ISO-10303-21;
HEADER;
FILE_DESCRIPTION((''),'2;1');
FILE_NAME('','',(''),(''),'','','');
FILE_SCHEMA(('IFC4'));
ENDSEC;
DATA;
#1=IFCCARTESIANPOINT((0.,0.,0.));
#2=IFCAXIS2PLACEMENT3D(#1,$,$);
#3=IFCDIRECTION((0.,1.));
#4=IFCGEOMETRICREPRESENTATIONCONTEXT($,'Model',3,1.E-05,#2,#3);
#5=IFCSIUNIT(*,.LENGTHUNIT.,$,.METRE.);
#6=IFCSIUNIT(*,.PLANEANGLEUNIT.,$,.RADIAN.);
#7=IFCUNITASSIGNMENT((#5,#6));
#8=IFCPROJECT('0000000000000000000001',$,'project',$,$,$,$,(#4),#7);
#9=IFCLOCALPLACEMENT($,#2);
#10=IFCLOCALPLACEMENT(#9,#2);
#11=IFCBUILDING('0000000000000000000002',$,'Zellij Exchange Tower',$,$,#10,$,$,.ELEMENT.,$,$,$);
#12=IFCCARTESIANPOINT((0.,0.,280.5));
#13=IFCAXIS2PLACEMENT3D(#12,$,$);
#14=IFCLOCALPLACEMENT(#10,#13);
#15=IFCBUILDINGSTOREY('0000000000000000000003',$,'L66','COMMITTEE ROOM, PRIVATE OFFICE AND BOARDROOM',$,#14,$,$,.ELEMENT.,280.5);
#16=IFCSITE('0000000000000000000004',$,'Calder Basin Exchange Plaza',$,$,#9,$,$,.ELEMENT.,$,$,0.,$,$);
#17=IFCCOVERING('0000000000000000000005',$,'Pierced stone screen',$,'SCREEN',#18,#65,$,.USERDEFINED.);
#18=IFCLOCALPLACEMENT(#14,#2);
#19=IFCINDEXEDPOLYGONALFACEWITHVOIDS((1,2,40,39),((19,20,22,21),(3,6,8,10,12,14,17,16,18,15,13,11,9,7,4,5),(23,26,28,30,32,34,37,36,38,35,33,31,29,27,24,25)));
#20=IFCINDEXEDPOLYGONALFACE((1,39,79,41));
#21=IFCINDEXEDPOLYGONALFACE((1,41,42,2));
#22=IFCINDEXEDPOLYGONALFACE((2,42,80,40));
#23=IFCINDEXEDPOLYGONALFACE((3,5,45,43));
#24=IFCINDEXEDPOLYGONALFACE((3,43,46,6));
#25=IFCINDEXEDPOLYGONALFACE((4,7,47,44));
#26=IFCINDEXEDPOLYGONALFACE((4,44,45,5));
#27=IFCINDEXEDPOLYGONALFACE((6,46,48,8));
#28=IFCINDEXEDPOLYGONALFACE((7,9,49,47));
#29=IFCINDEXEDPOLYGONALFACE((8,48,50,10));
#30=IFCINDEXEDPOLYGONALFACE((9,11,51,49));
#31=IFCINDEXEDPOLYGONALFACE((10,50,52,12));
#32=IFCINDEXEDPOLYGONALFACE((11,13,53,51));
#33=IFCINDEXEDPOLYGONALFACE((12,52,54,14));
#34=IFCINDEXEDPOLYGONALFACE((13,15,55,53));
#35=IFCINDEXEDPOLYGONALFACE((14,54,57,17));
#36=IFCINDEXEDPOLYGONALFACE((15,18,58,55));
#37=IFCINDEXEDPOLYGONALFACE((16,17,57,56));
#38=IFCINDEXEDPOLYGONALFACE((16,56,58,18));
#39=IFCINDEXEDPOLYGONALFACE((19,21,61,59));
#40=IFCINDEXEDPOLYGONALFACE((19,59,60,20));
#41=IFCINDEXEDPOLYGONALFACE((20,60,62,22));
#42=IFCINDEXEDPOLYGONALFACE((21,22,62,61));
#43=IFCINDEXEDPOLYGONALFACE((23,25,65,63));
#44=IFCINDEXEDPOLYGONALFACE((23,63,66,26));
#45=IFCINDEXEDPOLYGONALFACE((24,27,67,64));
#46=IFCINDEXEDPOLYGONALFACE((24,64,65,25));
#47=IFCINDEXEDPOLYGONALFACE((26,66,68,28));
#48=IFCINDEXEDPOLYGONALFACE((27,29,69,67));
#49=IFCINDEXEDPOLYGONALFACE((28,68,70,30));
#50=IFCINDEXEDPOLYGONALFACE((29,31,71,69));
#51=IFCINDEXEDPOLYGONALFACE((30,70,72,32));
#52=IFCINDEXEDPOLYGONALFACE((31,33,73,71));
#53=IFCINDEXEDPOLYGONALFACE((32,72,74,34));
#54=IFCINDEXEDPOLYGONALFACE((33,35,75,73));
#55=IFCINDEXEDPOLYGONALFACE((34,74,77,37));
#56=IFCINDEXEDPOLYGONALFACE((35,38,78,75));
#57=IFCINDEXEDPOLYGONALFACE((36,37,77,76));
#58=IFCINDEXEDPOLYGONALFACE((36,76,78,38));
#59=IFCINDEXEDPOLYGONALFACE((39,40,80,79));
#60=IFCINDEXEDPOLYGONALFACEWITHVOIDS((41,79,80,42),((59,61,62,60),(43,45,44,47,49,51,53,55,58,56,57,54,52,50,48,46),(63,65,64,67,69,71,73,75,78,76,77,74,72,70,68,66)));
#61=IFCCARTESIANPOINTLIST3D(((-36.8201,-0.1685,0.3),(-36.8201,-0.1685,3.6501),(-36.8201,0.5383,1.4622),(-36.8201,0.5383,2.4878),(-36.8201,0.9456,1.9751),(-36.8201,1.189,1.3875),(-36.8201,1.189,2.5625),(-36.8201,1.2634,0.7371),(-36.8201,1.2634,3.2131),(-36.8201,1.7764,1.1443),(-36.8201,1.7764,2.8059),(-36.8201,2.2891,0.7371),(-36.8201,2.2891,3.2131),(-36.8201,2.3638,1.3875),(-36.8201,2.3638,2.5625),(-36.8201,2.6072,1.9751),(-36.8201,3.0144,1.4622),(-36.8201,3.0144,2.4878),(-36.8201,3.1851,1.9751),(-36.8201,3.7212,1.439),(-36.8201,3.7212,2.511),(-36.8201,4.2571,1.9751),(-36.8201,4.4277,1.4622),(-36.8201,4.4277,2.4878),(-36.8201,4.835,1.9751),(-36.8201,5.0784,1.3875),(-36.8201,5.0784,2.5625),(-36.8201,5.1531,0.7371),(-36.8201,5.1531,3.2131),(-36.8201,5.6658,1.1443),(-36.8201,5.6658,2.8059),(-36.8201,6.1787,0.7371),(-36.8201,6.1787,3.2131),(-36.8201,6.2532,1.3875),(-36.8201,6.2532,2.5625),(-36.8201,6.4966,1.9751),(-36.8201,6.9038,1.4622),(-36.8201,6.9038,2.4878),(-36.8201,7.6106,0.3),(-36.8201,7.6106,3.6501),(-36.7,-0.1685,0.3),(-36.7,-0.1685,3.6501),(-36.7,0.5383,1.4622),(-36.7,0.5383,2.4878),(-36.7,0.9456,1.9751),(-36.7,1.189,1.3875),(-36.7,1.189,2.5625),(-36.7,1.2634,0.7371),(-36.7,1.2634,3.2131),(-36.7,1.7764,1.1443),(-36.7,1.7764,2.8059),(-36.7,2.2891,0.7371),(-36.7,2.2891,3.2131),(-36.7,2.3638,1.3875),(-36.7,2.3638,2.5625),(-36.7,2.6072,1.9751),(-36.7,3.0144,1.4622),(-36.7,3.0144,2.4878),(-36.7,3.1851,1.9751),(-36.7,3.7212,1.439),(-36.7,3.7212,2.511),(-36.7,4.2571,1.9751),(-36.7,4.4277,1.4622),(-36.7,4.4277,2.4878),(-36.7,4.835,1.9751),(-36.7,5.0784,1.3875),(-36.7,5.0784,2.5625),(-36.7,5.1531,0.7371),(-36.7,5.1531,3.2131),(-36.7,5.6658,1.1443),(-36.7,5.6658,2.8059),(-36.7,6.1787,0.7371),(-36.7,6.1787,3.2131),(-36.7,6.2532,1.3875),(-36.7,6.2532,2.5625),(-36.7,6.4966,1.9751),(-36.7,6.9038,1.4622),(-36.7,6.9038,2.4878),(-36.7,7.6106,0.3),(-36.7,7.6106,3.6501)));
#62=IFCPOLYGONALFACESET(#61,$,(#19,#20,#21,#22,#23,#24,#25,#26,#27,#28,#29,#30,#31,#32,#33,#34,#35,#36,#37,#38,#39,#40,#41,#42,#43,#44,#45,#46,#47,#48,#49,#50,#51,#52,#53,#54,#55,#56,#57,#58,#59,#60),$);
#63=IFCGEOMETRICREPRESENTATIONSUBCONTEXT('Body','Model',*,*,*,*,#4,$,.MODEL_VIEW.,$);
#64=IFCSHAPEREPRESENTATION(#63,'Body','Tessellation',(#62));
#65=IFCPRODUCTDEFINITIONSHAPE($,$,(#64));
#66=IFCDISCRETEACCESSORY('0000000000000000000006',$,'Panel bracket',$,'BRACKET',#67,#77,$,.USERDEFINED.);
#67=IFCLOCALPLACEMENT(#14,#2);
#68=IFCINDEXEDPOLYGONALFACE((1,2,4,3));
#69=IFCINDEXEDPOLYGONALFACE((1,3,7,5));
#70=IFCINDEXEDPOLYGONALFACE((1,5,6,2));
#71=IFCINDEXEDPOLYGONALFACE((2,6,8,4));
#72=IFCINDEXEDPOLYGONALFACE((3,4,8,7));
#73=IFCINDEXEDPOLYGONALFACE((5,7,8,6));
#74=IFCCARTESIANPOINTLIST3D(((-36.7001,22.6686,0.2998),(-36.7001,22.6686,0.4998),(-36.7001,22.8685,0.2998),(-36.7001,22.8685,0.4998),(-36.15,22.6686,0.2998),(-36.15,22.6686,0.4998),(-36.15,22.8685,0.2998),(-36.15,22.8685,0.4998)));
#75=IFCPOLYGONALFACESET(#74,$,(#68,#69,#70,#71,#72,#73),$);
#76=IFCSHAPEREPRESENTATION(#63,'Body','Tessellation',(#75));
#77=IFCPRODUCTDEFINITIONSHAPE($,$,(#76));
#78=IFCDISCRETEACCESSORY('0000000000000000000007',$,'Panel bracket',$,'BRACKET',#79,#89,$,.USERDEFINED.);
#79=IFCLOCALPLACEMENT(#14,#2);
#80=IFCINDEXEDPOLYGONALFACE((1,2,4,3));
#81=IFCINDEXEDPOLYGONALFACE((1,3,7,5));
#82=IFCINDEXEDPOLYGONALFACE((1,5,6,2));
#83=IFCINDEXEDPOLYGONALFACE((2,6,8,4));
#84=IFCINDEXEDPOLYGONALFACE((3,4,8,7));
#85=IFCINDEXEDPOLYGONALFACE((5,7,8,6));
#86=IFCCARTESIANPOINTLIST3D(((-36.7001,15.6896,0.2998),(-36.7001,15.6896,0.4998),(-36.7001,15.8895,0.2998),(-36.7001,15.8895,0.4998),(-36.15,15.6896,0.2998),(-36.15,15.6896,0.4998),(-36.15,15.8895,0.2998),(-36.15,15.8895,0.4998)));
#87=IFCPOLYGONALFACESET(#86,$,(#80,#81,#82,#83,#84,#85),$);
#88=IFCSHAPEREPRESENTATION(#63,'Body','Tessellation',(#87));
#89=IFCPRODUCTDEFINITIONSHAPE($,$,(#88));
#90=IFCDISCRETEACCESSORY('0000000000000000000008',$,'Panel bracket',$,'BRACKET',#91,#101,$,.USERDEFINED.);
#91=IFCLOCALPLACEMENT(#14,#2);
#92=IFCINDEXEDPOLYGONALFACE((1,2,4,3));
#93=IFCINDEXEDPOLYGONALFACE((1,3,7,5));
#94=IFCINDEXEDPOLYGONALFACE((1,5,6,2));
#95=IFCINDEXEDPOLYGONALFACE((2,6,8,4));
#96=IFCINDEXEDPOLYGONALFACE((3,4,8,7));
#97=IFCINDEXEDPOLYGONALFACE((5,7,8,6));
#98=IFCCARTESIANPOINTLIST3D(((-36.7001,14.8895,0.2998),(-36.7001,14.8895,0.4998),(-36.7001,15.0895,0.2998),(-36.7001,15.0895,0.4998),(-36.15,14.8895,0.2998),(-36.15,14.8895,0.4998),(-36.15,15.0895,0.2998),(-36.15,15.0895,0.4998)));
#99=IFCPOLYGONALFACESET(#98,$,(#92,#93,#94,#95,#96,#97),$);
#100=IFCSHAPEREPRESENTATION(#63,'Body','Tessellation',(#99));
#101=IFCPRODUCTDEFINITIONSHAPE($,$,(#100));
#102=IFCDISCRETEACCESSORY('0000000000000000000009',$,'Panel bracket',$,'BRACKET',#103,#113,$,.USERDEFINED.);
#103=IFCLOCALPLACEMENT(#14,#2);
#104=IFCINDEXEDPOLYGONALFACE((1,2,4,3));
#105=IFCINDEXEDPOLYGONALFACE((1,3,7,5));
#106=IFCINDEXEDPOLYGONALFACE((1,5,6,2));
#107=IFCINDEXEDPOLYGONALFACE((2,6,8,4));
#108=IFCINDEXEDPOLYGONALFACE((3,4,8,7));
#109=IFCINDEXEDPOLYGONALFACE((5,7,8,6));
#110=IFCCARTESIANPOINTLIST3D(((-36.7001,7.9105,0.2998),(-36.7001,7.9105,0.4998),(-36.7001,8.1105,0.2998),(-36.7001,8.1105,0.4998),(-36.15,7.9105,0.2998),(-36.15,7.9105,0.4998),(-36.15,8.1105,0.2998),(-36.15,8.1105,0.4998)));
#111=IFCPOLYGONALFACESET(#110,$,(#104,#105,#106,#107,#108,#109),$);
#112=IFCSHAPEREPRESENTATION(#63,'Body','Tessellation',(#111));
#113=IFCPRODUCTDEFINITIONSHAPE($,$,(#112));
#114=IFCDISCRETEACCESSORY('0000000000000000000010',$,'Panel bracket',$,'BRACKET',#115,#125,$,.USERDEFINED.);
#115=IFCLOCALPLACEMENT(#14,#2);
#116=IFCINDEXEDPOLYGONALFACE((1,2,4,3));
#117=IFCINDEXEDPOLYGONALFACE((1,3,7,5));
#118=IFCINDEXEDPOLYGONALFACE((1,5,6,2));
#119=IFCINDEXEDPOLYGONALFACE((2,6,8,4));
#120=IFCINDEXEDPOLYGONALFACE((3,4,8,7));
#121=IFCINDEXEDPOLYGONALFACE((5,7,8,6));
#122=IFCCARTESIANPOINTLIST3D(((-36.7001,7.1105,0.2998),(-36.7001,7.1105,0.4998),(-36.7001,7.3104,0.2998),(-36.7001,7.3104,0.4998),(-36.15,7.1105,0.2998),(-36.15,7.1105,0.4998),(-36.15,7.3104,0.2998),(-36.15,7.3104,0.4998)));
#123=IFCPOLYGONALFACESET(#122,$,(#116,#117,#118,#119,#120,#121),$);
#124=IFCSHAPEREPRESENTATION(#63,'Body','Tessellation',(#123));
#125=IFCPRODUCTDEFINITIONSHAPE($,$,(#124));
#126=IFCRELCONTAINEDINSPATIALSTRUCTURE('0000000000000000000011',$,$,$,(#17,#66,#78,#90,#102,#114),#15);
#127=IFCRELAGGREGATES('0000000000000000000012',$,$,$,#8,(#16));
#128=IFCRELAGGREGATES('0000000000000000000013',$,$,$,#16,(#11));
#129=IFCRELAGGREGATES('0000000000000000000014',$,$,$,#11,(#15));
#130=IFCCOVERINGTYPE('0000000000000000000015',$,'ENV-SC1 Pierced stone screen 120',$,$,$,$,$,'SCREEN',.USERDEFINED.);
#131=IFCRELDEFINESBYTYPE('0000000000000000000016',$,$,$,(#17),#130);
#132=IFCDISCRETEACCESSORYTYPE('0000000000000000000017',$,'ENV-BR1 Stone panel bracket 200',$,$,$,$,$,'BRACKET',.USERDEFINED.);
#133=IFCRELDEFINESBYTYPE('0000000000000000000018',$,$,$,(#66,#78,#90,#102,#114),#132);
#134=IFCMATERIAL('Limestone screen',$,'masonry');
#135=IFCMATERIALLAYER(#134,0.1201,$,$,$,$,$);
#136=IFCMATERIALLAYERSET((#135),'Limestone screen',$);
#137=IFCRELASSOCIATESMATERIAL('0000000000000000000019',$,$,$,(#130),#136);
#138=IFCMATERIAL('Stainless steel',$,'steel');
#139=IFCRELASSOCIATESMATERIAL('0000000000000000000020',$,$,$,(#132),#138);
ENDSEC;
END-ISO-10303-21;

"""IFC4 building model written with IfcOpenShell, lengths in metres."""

from ifc_helpers import new_model, si_unit, direction, frame, origin, origin_2d, place, context, subcontext, project, spatial, polyline, rectangle, outline, extrude, material, layer, layer_set, type_object, element, save


model = new_model("IFC4")

# Units and contexts
model_context = context("Model", 3, precision=1e-05, world=origin(), true_north=direction((0.0, 1.0)))
body_context = subcontext(model_context, "Body", "Model", "MODEL_VIEW")
ifc_project = project(units=[si_unit("LENGTHUNIT", "METRE"), si_unit("PLANEANGLEUNIT", "RADIAN")], contexts=[model_context])

# Site, building, storey
site_placement = place(None, origin())
site = spatial("IfcSite", under=ifc_project, at=site_placement, Name="Calder Basin Exchange Plaza", CompositionType="ELEMENT", RefElevation=0.0)
building_placement = place(site_placement, origin())
building = spatial("IfcBuilding", under=site, at=building_placement, Name="Zellij Exchange Tower", CompositionType="ELEMENT")
storey_placement = place(building_placement, frame((0.0, 0.0, 280.5)))
storey = spatial("IfcBuildingStorey", under=building, at=storey_placement, Name="L66", Description="COMMITTEE ROOM, PRIVATE OFFICE AND BOARDROOM", CompositionType="ELEMENT", Elevation=280.5)

# Covering
ifc_material_1 = material(Name="Limestone screen", Category="masonry")
ifc_layer_1 = layer(ifc_material_1, 0.1201)
ifc_layer_set_1 = layer_set([ifc_layer_1], Name="Limestone screen")
covering_type = type_object("IfcCoveringType", Name="ENV-SC1 Pierced stone screen 120", ElementType="SCREEN", PredefinedType="USERDEFINED", material=ifc_layer_set_1)
for number, where, z_axis, x_axis, name in (
    (1, (-36.76, 7.6106, 0.3), (0.0, 0.0, 1.0), (0.0, -1.0, 0.0), "Pierced stone screen"),
):
    element("IfcCovering", number, at=place(storey_placement, frame(where, z_axis=z_axis, x_axis=x_axis)), inside=storey, type_object=covering_type, Name=name, ObjectType="SCREEN", PredefinedType="USERDEFINED", context=body_context, shape_type="SweptSolid", body=[
        extrude(outline(polyline([(0.0, 0.0), (7.7791, 0.0), (7.7791, 3.3501), (0.0, 3.3501), (0.0, 0.0)]), holes=[polyline([(3.1829, 2.1877), (2.5322, 2.2625), (2.4575, 2.9131), (1.9448, 2.5059), (1.4319, 2.9131), (1.3574, 2.2625), (0.7068, 2.1877), (1.114, 1.675), (0.7068, 1.1621), (1.3574, 1.0874), (1.4319, 0.437), (1.9448, 0.8442), (2.4575, 0.437), (2.5322, 1.0874), (3.1829, 1.1621), (2.7756, 1.675), (3.1829, 2.1877)]), polyline([(7.0723, 2.1877), (6.4216, 2.2625), (6.3472, 2.9131), (5.8342, 2.5059), (5.3215, 2.9131), (5.2468, 2.2625), (4.5962, 2.1877), (5.0034, 1.675), (4.5962, 1.1621), (5.2468, 1.0874), (5.3215, 0.437), (5.8342, 0.8442), (6.3472, 0.437), (6.4216, 1.0874), (7.0723, 1.1621), (6.665, 1.675), (7.0723, 2.1877)]), polyline([(4.4255, 1.675), (3.8894, 2.2109), (3.3535, 1.675), (3.8894, 1.1389), (4.4255, 1.675)])]), frame((0.0, 0.0601, 0.0), z_axis=(0.0, -1.0, 0.0), x_axis=(1.0, 0.0, 0.0)), (0.0, 0.0, 1.0), 0.1201),
    ])

# Discrete accessories
ifc_material_2 = material(Name="Stainless steel", Category="steel")
discrete_accessory_type = type_object("IfcDiscreteAccessoryType", Name="ENV-BR1 Stone panel bracket 200", ElementType="BRACKET", PredefinedType="USERDEFINED", material=ifc_material_2)
for number, where, z_axis, x_axis, name in (
    (2, (-36.425, 22.7686, 0.2998), (0.0, 0.0, 1.0), (0.0, -1.0, 0.0), "Panel bracket"),
    (3, (-36.425, 15.7896, 0.2998), (0.0, 0.0, 1.0), (0.0, -1.0, 0.0), "Panel bracket"),
    (4, (-36.425, 14.9895, 0.2998), (0.0, 0.0, 1.0), (0.0, -1.0, 0.0), "Panel bracket"),
    (5, (-36.425, 8.0105, 0.2998), (0.0, 0.0, 1.0), (0.0, -1.0, 0.0), "Panel bracket"),
    (6, (-36.425, 7.2104, 0.2998), (0.0, 0.0, 1.0), (0.0, -1.0, 0.0), "Panel bracket"),
):
    element("IfcDiscreteAccessory", number, at=place(storey_placement, frame(where, z_axis=z_axis, x_axis=x_axis)), inside=storey, type_object=discrete_accessory_type, Name=name, ObjectType="BRACKET", PredefinedType="USERDEFINED", context=body_context, shape_type="SweptSolid", body=[
        extrude(rectangle(XDim=0.2, YDim=0.55, at=origin_2d()), origin(), (0.0, 0.0, 1.0), 0.2),
    ])

save(model, "model.ifc")
